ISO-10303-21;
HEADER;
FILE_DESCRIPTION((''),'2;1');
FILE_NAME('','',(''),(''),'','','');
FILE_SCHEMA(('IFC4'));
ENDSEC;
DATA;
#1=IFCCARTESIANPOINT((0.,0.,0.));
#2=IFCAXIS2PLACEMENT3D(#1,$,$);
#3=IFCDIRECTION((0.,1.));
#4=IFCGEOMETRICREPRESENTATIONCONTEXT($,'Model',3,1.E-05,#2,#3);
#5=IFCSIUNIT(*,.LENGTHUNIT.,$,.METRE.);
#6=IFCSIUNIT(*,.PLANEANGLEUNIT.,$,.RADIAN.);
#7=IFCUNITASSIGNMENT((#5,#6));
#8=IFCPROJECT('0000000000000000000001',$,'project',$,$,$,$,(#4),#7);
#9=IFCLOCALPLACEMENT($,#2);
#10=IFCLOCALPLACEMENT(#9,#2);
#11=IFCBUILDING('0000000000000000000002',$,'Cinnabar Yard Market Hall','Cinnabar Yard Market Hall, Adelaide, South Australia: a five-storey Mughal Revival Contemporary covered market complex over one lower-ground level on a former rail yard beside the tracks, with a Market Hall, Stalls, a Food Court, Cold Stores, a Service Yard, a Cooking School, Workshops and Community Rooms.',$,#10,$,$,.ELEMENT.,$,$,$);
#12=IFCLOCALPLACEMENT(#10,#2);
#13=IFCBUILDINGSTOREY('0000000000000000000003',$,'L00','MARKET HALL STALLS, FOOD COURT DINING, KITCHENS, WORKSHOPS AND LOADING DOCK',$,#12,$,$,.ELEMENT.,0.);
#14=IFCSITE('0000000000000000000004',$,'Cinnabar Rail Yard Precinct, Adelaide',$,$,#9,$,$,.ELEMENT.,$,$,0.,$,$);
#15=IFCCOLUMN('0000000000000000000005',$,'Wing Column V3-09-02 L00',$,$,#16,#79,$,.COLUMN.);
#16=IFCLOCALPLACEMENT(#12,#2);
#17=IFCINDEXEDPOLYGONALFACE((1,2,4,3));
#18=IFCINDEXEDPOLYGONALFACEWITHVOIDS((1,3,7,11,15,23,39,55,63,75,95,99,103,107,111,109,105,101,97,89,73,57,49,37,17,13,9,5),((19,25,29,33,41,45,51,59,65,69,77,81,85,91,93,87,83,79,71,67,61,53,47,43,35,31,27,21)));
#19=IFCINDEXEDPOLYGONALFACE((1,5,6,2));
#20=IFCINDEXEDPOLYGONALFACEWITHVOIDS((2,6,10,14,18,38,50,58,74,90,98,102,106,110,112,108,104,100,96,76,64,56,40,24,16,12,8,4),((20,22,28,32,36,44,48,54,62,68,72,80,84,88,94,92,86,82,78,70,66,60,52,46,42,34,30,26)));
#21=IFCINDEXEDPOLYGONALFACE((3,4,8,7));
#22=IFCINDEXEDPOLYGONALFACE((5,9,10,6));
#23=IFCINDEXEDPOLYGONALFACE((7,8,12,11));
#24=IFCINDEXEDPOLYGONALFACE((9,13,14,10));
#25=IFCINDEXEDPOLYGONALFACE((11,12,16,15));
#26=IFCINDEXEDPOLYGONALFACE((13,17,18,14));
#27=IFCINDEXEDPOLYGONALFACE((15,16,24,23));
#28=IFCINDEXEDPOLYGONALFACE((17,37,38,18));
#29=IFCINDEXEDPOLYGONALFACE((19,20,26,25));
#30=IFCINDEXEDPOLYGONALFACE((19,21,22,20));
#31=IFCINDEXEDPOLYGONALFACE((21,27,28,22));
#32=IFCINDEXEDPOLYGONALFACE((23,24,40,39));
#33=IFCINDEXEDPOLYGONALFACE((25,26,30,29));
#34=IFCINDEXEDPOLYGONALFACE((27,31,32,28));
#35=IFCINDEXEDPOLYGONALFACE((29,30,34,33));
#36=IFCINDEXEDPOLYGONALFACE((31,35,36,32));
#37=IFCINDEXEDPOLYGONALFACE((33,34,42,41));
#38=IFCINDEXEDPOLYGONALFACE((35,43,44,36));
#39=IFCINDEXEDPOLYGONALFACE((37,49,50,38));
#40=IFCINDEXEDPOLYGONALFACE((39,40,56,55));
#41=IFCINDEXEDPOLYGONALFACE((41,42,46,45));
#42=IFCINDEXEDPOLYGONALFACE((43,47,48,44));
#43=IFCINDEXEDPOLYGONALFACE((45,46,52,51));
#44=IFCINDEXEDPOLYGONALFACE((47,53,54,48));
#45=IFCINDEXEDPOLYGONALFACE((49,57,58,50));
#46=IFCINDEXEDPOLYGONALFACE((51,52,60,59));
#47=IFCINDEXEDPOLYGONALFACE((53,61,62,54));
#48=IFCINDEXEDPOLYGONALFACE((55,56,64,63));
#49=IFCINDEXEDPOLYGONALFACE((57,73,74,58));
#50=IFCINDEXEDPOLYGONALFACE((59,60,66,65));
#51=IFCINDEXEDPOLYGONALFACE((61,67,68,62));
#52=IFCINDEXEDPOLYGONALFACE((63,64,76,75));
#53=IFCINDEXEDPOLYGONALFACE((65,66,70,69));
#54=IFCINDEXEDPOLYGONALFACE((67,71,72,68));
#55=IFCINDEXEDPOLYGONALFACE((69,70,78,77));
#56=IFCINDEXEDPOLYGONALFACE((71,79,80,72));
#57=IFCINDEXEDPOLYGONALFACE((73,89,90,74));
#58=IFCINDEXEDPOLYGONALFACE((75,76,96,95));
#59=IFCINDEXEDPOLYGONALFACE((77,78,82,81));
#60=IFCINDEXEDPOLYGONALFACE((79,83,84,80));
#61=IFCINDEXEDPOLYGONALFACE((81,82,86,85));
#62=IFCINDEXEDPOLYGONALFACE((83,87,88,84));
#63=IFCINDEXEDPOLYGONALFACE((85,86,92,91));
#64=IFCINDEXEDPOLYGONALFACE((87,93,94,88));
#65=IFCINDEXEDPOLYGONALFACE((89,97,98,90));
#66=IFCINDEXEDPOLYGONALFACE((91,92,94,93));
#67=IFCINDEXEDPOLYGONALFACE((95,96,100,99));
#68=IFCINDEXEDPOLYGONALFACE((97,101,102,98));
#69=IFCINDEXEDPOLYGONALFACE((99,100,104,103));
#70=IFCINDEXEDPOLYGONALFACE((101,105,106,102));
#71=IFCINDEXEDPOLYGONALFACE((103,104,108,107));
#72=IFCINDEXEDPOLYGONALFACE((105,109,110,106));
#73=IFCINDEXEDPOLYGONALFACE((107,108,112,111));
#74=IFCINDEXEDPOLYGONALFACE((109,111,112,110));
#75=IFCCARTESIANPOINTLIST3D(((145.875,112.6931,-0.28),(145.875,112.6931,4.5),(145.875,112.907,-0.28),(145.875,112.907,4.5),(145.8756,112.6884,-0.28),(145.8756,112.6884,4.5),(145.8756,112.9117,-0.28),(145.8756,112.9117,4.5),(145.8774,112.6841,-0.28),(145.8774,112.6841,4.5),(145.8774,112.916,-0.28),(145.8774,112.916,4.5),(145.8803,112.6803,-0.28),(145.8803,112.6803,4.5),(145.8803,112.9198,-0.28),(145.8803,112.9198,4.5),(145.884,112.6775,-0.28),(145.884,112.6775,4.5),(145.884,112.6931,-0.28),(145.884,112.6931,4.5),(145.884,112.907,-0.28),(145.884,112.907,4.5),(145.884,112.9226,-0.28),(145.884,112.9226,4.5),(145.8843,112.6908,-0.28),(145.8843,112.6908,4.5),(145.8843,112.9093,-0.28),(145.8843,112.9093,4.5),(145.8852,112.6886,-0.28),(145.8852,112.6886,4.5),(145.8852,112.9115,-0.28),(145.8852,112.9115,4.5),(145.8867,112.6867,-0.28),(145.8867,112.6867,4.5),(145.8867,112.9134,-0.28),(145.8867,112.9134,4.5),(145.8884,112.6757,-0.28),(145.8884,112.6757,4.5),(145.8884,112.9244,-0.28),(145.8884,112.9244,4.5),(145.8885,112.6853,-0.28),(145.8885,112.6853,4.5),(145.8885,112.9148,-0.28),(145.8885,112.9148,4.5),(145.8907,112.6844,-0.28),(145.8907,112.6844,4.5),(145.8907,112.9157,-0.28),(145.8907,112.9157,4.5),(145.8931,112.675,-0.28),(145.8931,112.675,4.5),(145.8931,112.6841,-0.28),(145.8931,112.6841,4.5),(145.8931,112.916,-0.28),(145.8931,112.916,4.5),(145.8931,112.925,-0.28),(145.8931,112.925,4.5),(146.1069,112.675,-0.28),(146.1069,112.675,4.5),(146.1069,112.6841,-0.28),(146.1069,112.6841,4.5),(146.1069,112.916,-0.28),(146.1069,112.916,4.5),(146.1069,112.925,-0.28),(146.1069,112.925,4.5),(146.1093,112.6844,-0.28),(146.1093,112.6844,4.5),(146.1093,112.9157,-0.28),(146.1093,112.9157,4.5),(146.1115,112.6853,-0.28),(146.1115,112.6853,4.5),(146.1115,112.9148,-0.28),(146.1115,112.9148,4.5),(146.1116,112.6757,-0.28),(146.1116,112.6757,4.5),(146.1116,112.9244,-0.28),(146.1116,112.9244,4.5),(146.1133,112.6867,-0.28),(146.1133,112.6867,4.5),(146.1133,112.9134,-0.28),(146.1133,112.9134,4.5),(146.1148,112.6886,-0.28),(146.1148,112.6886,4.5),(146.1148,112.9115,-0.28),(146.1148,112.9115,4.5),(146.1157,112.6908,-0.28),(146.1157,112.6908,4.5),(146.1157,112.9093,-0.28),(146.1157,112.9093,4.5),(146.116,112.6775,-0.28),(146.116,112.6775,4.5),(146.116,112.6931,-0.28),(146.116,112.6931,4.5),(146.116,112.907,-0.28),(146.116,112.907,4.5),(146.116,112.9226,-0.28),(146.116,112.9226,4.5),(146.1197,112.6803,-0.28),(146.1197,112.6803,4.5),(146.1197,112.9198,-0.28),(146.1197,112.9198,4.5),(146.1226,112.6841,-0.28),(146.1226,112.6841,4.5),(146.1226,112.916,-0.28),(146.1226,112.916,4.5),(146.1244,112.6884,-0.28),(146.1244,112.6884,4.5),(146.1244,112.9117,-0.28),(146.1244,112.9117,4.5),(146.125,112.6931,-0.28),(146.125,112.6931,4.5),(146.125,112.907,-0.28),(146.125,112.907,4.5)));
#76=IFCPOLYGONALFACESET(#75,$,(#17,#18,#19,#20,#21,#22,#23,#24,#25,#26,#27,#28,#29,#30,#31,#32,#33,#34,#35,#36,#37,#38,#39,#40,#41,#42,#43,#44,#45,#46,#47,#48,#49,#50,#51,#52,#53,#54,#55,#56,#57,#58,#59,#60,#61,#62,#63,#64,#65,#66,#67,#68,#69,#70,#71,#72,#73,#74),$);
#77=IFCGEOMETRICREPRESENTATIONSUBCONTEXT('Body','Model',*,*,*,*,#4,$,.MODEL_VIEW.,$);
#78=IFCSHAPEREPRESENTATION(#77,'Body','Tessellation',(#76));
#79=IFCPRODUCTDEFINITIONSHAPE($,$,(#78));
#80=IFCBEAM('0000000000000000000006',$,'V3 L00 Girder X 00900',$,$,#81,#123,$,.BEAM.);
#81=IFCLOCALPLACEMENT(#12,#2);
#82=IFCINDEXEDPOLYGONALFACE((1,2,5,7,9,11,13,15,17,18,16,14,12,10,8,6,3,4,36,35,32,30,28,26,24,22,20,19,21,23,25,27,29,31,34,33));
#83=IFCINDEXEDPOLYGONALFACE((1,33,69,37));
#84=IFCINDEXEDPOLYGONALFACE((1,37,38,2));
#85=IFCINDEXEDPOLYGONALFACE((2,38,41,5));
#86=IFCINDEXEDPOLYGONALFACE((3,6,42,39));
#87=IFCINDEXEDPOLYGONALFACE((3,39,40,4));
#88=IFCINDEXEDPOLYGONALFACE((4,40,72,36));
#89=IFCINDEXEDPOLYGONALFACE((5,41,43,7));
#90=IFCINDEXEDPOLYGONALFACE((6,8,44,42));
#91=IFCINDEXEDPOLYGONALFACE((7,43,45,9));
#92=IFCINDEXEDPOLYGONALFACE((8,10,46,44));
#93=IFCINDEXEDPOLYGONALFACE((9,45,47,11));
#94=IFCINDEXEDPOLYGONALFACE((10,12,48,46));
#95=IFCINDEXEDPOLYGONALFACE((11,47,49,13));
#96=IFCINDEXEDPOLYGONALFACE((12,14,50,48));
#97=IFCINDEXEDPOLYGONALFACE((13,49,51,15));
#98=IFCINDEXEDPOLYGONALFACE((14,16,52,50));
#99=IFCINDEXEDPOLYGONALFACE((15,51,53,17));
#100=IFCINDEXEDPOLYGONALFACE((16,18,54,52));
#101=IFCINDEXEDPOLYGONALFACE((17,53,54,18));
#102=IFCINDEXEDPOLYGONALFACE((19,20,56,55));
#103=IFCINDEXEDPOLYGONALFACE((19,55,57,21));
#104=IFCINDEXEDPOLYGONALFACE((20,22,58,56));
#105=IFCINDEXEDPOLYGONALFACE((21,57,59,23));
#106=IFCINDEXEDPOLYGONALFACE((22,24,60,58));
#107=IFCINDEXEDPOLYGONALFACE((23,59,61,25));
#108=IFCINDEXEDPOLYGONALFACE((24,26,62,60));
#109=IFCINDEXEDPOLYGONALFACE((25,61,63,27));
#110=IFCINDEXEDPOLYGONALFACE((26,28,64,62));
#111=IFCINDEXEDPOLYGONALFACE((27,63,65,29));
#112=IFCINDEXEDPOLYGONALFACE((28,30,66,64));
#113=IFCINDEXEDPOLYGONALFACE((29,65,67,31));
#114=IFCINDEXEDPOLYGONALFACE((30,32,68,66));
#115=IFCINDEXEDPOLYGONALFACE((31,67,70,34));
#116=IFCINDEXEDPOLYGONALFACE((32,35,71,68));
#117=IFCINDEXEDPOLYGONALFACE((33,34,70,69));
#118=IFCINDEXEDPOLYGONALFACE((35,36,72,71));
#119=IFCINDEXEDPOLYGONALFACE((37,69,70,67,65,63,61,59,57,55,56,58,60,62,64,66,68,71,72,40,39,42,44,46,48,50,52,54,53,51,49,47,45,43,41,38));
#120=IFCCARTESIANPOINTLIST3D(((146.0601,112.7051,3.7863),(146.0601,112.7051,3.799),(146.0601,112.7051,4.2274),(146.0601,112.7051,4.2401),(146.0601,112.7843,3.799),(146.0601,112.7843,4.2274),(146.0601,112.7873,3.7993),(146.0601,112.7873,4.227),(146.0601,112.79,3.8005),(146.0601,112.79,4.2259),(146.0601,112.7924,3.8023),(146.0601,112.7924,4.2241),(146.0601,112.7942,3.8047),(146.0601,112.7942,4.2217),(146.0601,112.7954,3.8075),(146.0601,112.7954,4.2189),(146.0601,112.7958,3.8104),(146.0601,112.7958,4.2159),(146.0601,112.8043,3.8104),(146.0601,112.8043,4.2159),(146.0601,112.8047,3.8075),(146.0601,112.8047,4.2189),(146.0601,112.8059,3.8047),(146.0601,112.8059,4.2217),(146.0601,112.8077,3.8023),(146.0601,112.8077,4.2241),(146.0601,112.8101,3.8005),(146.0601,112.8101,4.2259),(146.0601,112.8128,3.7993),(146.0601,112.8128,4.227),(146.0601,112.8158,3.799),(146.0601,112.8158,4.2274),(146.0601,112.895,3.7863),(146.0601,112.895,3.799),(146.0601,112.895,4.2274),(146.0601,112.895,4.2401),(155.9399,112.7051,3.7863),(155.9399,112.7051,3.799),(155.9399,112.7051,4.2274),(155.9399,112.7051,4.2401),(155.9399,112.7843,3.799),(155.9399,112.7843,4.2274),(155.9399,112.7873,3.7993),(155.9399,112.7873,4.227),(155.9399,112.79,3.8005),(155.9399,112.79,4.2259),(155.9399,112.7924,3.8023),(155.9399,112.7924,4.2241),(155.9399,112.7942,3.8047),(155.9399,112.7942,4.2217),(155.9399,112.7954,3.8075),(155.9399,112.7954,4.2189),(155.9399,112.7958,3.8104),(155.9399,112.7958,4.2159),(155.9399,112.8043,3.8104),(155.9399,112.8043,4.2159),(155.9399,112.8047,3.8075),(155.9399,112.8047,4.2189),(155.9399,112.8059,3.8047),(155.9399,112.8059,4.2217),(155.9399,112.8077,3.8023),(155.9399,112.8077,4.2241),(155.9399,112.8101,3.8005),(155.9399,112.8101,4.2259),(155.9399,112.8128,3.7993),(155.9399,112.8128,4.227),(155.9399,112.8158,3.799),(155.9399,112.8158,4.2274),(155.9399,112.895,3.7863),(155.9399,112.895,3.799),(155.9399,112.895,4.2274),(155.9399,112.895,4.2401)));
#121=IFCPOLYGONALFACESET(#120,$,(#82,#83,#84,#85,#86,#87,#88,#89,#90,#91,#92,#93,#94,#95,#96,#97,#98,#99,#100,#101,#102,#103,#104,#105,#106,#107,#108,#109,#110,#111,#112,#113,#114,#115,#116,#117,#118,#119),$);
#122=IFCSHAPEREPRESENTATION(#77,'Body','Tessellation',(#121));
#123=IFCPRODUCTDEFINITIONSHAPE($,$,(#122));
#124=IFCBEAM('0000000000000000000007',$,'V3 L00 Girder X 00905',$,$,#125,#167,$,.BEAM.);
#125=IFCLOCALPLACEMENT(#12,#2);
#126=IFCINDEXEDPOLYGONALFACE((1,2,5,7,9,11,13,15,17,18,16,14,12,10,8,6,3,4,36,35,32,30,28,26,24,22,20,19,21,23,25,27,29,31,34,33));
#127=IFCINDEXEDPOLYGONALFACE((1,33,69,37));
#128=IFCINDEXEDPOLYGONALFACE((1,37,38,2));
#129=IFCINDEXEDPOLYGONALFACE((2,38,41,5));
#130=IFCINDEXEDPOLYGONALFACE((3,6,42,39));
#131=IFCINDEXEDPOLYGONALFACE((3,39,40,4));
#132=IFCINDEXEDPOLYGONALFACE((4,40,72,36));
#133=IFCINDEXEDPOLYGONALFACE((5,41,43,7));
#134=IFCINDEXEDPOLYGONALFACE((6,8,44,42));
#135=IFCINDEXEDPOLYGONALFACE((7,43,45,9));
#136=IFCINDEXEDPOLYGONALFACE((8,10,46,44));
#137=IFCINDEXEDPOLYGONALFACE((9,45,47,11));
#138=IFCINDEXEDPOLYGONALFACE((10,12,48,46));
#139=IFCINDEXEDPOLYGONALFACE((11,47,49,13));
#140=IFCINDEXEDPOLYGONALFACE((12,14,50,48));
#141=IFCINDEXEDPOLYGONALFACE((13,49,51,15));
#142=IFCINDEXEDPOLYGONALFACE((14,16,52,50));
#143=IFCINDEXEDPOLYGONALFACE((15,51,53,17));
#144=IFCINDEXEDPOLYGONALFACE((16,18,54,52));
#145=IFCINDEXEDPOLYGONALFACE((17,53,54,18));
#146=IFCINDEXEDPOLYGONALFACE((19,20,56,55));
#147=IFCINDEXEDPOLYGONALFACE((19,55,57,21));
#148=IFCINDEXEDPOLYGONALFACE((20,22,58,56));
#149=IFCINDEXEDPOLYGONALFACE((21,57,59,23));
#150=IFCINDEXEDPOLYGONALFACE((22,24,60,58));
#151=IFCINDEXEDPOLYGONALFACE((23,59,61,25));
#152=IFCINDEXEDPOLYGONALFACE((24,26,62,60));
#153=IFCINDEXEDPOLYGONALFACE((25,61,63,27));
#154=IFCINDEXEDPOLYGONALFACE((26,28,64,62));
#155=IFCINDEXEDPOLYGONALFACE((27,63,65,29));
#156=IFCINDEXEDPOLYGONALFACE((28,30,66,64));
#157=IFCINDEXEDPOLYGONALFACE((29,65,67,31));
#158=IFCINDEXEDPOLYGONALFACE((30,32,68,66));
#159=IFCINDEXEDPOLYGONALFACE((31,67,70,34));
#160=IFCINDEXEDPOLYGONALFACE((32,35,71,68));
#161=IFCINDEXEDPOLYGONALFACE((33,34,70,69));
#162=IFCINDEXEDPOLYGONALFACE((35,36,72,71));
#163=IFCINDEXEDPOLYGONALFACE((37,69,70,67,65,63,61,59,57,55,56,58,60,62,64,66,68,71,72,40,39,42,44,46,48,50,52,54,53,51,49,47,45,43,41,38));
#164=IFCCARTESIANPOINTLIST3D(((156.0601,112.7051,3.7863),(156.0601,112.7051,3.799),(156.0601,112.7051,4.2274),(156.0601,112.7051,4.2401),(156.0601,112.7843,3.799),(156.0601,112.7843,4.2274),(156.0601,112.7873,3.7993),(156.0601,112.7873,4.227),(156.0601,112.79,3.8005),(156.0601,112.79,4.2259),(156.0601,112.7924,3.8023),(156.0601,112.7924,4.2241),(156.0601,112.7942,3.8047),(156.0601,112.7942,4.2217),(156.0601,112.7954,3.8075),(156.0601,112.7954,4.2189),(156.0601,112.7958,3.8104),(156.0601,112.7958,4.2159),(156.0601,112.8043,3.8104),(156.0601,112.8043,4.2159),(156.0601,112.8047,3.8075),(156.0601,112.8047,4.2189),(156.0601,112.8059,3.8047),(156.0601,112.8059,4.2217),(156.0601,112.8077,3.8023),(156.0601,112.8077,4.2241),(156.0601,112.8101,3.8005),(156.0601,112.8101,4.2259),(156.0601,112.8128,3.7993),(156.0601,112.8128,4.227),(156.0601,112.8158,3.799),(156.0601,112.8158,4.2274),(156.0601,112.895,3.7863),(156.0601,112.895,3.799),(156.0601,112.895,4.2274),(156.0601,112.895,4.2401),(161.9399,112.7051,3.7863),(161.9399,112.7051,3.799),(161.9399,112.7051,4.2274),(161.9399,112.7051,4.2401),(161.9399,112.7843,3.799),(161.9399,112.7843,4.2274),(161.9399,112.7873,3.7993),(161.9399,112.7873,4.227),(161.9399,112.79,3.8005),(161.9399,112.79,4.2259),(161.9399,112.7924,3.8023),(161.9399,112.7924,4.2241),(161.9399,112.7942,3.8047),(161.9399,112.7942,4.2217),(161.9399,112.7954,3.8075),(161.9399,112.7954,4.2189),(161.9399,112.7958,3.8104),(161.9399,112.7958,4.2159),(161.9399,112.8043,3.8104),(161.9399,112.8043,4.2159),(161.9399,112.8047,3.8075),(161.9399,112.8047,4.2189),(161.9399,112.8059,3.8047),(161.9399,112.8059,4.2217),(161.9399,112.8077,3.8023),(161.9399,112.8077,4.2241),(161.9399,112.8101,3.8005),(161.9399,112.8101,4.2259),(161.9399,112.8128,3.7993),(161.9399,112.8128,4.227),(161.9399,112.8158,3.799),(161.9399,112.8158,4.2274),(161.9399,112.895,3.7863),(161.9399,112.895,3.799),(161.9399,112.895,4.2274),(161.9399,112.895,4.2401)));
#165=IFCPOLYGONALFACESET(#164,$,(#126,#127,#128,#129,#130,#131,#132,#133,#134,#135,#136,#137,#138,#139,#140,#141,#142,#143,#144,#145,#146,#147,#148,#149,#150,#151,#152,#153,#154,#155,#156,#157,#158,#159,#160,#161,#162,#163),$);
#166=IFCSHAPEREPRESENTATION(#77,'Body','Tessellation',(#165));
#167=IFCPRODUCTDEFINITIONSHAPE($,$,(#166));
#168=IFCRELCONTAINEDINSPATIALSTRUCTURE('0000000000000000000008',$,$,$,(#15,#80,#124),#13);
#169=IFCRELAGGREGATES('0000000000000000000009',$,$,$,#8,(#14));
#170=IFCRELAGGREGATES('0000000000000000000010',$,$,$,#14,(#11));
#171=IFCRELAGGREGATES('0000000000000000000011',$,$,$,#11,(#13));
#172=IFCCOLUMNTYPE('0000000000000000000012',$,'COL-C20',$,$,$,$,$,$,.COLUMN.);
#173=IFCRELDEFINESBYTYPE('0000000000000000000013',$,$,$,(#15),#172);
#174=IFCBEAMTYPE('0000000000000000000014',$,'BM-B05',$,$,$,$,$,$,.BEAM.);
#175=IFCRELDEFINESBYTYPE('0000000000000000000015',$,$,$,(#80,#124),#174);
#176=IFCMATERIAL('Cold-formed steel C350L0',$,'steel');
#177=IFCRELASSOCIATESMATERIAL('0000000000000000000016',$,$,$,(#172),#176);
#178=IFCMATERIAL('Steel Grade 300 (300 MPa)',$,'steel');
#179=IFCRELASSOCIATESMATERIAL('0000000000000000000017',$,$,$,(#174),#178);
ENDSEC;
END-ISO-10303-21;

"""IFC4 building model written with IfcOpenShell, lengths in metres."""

from ifc_helpers import new_model, si_unit, direction, frame, origin, origin_2d_with_axis, place, context, subcontext, project, spatial, hollow_rectangle, i_section, extrude, material, material_profile, profile_set, type_object, element, save


model = new_model("IFC4")

# Units and contexts
model_context = context("Model", 3, precision=1e-05, world=origin(), true_north=direction((0.0, 1.0)))
body_context = subcontext(model_context, "Body", "Model", "MODEL_VIEW")
ifc_project = project(units=[si_unit("LENGTHUNIT", "METRE"), si_unit("PLANEANGLEUNIT", "RADIAN")], contexts=[model_context])

# Site, building, storey
site_placement = place(None, origin())
site = spatial("IfcSite", under=ifc_project, at=site_placement, Name="Cinnabar Rail Yard Precinct, Adelaide", CompositionType="ELEMENT", RefElevation=0.0)
building_placement = place(site_placement, origin())
building = spatial("IfcBuilding", under=site, at=building_placement, Name="Cinnabar Yard Market Hall", Description="Cinnabar Yard Market Hall, Adelaide, South Australia: a five-storey Mughal Revival Contemporary covered market complex over one lower-ground level on a former rail yard beside the tracks, with a Market Hall, Stalls, a Food Court, Cold Stores, a Service Yard, a Cooking School, Workshops and Community Rooms.", CompositionType="ELEMENT")
storey_placement = place(building_placement, origin())
storey = spatial("IfcBuildingStorey", under=building, at=storey_placement, Name="L00", Description="MARKET HALL STALLS, FOOD COURT DINING, KITCHENS, WORKSHOPS AND LOADING DOCK", CompositionType="ELEMENT", Elevation=0.0)

# Column
ifc_material_1 = material(Name="Steel Grade 300 (300 MPa)", Category="steel")
ifc_material_2 = material(Name="Cold-formed steel C350L0", Category="steel")
ifc_material_profile_1 = material_profile(ifc_material_2, hollow_rectangle(XDim=0.25, YDim=0.25, WallThickness=0.009, InnerFilletRadius=0.009, OuterFilletRadius=0.0181, at=origin_2d_with_axis()), Name="250x250x9.0SHS")
ifc_profile_set_1 = profile_set([ifc_material_profile_1], Name="Cold-formed steel C350L0")
column_type_1 = type_object("IfcColumnType", Name="COL-C20", PredefinedType="COLUMN", material=ifc_profile_set_1)
column_1_placement = place(storey_placement, frame((146.0, 112.8, -0.28), z_axis=(0.0, 0.0, 1.0), x_axis=(1.0, 0.0, 0.0)))
element("IfcColumn", 1, at=column_1_placement, inside=storey, type_object=column_type_1, Name="Wing Column V3-09-02 L00", PredefinedType="COLUMN", context=body_context, shape_type="SweptSolid", body=[
    extrude(hollow_rectangle(XDim=0.25, YDim=0.25, WallThickness=0.009, InnerFilletRadius=0.009, OuterFilletRadius=0.0181, at=origin_2d_with_axis()), origin(), (0.0, 0.0, 1.0), 4.78),
])

# Beams
ifc_material_profile_2 = material_profile(ifc_material_1, i_section(OverallWidth=0.1899, OverallDepth=0.4539, WebThickness=0.0085, FlangeThickness=0.0127, FilletRadius=0.0115, at=origin_2d_with_axis()), Name="460UB67.1")
ifc_profile_set_2 = profile_set([ifc_material_profile_2], Name="Steel Grade 300 (300 MPa)")
beam_type_1 = type_object("IfcBeamType", Name="BM-B05", PredefinedType="BEAM", material=ifc_profile_set_2)
beam_1_placement = place(storey_placement, frame((146.0601, 112.8, 4.0132), z_axis=(1.0, 0.0, 0.0), x_axis=(0.0, 1.0, 0.0)))
element("IfcBeam", 2, at=beam_1_placement, inside=storey, type_object=beam_type_1, Name="V3 L00 Girder X 00900", PredefinedType="BEAM", context=body_context, shape_type="SweptSolid", body=[
    extrude(i_section(OverallWidth=0.1899, OverallDepth=0.4539, WebThickness=0.0085, FlangeThickness=0.0127, FilletRadius=0.0115, at=origin_2d_with_axis()), origin(), (0.0, 0.0, 1.0), 9.8799),
])
beam_2_placement = place(storey_placement, frame((156.0601, 112.8, 4.0132), z_axis=(1.0, 0.0, 0.0), x_axis=(0.0, 1.0, 0.0)))
element("IfcBeam", 3, at=beam_2_placement, inside=storey, type_object=beam_type_1, Name="V3 L00 Girder X 00905", PredefinedType="BEAM", context=body_context, shape_type="SweptSolid", body=[
    extrude(i_section(OverallWidth=0.1899, OverallDepth=0.4539, WebThickness=0.0085, FlangeThickness=0.0127, FilletRadius=0.0115, at=origin_2d_with_axis()), origin(), (0.0, 0.0, 1.0), 5.8799),
])

save(model, "model.ifc")
